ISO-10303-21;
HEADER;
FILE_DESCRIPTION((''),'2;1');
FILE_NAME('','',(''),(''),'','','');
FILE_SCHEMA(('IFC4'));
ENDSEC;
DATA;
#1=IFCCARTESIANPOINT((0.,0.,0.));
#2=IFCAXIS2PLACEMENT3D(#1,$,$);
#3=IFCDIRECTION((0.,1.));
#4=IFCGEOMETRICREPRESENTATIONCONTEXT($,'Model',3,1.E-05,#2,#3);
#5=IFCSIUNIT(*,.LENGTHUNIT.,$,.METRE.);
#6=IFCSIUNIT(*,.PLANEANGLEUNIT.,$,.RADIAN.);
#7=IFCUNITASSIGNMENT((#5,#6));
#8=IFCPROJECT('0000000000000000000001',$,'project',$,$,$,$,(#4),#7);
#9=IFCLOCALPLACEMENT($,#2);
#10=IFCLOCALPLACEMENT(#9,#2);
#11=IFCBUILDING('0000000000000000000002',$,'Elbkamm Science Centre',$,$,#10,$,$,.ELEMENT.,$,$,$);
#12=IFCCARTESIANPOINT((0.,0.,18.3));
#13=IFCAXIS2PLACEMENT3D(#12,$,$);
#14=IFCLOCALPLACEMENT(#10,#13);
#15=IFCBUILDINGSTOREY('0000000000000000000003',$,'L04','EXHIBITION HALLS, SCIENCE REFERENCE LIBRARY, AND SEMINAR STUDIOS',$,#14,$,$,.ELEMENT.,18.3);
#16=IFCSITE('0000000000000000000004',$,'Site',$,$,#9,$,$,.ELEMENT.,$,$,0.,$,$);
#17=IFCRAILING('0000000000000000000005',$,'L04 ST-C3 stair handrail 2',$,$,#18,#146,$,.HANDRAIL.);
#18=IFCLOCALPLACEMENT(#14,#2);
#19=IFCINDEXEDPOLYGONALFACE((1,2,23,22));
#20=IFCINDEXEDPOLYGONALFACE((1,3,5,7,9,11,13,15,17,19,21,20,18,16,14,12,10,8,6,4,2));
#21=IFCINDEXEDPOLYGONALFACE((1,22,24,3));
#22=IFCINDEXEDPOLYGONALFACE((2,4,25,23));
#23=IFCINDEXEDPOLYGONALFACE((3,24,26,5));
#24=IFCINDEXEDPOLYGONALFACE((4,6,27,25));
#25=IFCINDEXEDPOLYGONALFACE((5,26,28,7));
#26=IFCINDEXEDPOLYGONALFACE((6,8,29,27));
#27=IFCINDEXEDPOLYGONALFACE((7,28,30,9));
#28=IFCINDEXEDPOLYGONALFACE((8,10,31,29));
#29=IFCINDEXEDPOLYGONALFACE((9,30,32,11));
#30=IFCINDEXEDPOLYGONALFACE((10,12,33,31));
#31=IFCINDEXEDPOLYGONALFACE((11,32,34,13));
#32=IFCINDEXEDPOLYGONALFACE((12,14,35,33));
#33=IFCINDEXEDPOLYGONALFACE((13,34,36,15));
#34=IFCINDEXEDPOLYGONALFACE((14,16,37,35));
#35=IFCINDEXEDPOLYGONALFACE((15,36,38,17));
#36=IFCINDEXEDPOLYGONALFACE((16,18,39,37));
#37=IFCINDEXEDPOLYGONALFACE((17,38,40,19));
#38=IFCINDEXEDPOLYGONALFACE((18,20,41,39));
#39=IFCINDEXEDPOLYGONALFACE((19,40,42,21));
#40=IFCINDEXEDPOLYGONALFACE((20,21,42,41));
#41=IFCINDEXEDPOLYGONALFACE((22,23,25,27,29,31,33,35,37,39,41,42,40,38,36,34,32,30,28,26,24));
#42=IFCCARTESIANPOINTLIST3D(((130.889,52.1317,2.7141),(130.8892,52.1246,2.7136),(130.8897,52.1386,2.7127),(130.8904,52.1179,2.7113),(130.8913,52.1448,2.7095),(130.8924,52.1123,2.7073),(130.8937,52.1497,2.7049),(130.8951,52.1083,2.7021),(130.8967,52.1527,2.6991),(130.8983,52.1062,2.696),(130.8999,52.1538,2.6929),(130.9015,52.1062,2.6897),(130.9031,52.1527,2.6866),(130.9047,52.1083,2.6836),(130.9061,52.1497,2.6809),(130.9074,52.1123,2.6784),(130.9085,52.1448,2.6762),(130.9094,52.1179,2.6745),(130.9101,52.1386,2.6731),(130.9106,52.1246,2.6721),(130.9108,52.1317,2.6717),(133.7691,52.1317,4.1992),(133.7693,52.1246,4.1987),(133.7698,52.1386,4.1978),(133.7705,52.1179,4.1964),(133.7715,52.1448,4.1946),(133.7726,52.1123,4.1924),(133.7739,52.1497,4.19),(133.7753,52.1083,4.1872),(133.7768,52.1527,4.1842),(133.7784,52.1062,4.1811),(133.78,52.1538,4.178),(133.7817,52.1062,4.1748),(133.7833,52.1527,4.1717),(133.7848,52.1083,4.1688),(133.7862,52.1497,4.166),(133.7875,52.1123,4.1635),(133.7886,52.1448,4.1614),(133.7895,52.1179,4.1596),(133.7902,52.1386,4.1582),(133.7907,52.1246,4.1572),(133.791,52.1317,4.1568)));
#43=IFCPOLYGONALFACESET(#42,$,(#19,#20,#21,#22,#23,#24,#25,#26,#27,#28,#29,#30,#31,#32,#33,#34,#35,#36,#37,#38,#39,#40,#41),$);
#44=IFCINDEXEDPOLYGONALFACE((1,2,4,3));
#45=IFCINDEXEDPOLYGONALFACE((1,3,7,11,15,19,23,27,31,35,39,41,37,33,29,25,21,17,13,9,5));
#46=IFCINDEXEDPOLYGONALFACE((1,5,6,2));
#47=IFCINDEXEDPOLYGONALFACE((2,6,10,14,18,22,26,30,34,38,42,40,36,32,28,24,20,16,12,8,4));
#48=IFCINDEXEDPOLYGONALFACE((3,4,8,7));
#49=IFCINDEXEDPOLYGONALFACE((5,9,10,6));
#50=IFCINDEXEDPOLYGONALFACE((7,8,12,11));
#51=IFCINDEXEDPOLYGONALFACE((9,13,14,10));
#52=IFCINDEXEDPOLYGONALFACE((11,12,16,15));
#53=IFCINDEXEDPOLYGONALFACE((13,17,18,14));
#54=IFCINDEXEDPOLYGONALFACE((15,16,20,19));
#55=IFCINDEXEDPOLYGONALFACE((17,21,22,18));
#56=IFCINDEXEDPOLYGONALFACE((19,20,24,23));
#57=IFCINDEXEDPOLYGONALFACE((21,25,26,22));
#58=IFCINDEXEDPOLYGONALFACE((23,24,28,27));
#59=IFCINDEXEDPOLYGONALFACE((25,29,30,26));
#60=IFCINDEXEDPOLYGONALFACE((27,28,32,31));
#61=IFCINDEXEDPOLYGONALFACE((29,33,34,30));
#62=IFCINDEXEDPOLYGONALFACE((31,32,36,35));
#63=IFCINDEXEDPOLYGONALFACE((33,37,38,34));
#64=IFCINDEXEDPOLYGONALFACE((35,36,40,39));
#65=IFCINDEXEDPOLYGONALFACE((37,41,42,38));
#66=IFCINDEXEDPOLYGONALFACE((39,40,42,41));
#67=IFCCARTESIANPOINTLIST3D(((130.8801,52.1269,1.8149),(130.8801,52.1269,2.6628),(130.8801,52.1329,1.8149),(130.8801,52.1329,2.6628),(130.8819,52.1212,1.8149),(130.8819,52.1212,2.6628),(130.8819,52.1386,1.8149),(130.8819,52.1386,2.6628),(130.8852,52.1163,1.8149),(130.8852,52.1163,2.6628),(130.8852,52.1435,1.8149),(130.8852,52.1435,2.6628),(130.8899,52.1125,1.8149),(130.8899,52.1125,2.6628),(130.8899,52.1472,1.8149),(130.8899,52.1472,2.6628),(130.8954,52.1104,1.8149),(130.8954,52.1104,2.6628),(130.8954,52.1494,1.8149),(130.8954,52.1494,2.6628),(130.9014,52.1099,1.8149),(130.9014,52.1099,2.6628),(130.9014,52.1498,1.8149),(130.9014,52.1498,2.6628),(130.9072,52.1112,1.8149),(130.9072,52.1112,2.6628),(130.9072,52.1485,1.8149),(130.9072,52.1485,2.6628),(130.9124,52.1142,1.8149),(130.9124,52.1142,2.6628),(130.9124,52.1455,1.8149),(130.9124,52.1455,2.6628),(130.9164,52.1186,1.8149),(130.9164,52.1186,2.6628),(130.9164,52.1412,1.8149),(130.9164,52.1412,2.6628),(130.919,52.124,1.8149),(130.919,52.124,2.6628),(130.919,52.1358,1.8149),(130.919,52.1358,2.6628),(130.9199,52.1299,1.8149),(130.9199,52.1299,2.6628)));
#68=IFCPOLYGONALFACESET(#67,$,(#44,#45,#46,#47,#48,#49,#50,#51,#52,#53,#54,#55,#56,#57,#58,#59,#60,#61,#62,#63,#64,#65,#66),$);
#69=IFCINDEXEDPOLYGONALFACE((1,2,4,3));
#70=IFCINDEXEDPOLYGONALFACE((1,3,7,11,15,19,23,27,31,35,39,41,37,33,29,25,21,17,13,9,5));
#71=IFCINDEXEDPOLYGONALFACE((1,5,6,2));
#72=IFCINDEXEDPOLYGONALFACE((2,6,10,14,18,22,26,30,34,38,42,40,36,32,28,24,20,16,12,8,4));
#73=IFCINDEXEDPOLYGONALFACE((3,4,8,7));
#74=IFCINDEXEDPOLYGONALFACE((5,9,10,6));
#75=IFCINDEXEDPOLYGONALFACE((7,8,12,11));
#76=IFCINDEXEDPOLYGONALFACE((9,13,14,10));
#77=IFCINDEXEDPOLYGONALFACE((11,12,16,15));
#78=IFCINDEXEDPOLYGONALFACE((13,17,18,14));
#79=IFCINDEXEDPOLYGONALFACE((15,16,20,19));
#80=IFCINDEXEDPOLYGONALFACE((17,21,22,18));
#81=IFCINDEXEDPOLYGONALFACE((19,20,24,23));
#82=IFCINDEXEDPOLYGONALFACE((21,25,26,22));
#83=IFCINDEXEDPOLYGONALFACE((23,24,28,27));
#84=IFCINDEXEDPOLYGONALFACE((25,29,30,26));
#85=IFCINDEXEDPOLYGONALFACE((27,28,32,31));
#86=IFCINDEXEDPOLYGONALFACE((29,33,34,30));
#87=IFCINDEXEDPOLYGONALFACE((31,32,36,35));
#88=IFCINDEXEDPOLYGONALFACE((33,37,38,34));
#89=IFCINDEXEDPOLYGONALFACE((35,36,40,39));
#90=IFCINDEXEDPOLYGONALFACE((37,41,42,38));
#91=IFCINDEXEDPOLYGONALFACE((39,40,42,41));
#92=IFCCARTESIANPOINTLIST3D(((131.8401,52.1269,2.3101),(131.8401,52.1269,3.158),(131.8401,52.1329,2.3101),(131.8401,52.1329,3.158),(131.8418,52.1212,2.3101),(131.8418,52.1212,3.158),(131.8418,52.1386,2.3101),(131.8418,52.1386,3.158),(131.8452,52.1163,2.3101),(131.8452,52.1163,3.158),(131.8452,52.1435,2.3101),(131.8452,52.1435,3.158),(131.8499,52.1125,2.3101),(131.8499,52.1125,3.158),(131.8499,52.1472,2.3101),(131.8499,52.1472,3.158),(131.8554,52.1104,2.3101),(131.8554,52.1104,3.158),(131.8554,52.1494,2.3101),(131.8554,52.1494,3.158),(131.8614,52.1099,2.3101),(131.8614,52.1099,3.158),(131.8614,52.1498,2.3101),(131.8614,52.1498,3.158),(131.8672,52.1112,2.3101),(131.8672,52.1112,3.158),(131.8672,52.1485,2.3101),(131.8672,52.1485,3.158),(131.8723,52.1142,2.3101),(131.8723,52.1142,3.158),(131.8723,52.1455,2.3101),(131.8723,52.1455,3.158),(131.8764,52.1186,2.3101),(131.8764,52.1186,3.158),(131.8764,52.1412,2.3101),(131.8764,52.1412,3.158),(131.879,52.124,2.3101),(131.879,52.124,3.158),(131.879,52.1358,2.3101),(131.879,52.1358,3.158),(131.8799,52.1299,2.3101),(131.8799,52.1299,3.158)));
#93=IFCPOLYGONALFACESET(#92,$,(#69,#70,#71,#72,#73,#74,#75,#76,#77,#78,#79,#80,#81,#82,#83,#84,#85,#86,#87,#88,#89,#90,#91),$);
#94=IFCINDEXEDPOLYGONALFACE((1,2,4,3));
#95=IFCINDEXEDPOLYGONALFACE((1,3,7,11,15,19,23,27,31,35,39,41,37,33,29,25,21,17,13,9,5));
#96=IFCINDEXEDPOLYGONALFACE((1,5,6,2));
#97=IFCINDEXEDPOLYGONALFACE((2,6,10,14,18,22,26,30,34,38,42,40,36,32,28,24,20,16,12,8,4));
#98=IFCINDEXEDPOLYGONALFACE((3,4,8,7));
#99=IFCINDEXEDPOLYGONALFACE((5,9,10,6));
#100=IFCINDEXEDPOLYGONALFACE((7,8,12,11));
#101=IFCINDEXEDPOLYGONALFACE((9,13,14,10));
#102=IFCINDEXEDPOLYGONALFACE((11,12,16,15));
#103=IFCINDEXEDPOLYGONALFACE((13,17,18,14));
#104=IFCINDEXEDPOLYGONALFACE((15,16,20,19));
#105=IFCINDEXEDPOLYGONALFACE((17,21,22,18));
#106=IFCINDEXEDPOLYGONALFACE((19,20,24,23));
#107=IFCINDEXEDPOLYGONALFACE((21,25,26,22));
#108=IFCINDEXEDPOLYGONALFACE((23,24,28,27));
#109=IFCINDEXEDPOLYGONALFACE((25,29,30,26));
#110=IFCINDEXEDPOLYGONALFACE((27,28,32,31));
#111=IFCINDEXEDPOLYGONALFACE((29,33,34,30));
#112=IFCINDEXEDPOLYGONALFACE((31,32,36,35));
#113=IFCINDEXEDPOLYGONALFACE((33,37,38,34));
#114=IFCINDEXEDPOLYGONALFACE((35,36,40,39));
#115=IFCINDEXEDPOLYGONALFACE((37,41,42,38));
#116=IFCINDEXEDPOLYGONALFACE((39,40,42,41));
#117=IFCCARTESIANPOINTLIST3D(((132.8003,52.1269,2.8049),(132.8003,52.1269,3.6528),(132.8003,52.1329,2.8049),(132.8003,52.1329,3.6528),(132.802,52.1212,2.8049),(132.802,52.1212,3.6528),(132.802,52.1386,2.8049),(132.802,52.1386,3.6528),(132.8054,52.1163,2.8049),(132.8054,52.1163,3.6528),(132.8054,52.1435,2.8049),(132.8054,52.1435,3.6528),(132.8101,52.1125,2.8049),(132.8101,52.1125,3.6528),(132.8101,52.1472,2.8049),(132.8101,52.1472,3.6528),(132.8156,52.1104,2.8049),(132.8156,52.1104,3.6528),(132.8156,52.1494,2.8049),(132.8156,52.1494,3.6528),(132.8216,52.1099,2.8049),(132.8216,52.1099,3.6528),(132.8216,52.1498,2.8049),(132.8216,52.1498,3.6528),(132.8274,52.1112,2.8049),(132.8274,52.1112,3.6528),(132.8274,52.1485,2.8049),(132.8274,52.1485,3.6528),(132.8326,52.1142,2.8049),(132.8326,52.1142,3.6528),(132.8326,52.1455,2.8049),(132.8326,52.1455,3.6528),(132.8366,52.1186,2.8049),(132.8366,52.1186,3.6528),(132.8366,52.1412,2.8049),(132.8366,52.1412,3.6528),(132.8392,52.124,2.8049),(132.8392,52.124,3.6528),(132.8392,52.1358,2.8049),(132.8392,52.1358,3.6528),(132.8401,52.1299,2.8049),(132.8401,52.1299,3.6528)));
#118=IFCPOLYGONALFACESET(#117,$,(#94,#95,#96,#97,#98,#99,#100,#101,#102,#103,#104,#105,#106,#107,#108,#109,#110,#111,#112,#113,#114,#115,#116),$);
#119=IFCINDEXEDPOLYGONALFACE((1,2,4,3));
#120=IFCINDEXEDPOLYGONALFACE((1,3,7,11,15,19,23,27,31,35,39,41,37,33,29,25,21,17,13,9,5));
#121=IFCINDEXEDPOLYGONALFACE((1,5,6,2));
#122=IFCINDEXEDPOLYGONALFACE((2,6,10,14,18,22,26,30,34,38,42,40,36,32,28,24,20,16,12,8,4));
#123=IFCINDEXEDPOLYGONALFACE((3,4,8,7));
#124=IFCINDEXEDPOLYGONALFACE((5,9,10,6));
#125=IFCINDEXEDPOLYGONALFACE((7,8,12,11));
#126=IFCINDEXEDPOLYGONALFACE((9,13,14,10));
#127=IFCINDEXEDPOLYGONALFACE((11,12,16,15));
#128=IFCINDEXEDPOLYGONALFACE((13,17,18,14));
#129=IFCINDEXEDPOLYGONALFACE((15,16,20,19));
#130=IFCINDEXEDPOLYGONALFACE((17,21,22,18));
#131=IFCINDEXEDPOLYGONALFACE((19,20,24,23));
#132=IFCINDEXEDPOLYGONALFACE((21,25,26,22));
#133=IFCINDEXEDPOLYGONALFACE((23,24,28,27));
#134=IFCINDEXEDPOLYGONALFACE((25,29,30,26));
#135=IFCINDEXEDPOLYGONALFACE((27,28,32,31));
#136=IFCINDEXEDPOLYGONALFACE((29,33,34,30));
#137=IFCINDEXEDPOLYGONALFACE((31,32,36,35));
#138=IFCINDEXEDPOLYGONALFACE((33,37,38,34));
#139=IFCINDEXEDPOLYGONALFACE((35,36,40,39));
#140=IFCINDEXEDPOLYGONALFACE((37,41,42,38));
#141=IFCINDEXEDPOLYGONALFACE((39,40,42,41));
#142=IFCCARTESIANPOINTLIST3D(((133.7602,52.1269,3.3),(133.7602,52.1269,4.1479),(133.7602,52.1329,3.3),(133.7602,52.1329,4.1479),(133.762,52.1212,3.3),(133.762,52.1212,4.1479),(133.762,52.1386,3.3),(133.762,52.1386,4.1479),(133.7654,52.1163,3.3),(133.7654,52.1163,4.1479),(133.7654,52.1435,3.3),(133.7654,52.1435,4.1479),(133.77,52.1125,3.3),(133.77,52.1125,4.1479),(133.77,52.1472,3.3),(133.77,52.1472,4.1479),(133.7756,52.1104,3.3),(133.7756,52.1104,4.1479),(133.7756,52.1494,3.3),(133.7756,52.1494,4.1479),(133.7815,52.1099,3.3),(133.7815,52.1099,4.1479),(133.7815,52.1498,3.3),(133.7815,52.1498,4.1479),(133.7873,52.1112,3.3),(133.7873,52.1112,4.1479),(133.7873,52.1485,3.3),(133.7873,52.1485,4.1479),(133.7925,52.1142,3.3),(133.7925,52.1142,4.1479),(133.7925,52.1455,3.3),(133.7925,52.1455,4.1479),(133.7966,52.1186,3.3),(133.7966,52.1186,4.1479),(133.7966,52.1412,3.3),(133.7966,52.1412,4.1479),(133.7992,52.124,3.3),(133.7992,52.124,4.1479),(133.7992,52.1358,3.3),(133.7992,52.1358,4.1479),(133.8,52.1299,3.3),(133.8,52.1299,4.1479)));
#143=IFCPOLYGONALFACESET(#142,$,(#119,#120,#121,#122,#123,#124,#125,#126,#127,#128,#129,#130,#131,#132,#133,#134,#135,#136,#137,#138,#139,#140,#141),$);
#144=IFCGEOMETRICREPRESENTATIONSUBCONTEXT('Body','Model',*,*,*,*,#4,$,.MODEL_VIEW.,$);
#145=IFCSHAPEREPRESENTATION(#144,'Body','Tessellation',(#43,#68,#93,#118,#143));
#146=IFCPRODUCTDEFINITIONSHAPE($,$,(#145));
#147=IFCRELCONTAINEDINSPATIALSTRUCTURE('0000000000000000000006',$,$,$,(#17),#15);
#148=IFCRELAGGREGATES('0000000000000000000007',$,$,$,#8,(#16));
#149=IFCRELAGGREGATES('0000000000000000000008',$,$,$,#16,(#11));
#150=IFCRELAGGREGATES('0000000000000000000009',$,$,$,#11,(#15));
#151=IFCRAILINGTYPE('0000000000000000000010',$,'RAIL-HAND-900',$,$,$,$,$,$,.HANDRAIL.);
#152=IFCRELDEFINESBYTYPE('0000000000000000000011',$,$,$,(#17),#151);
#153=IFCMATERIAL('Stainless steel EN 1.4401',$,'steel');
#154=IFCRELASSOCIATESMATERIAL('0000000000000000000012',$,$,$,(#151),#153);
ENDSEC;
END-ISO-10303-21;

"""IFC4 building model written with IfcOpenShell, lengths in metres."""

from ifc_helpers import new_model, si_unit, direction, frame, origin, origin_2d, place, context, subcontext, project, spatial, circle, extrude, material, type_object, element, save


model = new_model("IFC4")

# Units and contexts
model_context = context("Model", 3, precision=1e-05, world=origin(), true_north=direction((0.0, 1.0)))
body_context = subcontext(model_context, "Body", "Model", "MODEL_VIEW")
ifc_project = project(units=[si_unit("LENGTHUNIT", "METRE"), si_unit("PLANEANGLEUNIT", "RADIAN")], contexts=[model_context])

# Site, building, storey
site_placement = place(None, origin())
site = spatial("IfcSite", under=ifc_project, at=site_placement, Name="Site", CompositionType="ELEMENT", RefElevation=0.0)
building_placement = place(site_placement, origin())
building = spatial("IfcBuilding", under=site, at=building_placement, Name="Elbkamm Science Centre", CompositionType="ELEMENT")
storey_placement = place(building_placement, frame((0.0, 0.0, 18.3)))
storey = spatial("IfcBuildingStorey", under=building, at=storey_placement, Name="L04", Description="EXHIBITION HALLS, SCIENCE REFERENCE LIBRARY, AND SEMINAR STUDIOS", CompositionType="ELEMENT", Elevation=18.3)

# Railing
ifc_material_1 = material(Name="Stainless steel EN 1.4401", Category="steel")
railing_type_1 = type_object("IfcRailingType", Name="RAIL-HAND-900", PredefinedType="HANDRAIL", material=ifc_material_1)
railing_1_placement = place(storey_placement, frame((130.8999, 52.1299, 1.8149)))
element("IfcRailing", 1, at=railing_1_placement, inside=storey, type_object=railing_type_1, Name="L04 ST-C3 stair handrail 2", PredefinedType="HANDRAIL", context=body_context, shape_type="SweptSolid", body=[
    extrude(circle(Radius=0.0239, at=origin_2d()), frame((0.0, 0.0, 0.8779), z_axis=(0.888798, 0.0, 0.458299), x_axis=(0.0, 1.0, 0.0)), (0.0, 0.0, 1.0), 3.2405),
    extrude(circle(Radius=0.02, at=origin_2d()), origin(), (0.0, 0.0, 1.0), 0.8479),
    extrude(circle(Radius=0.02, at=origin_2d()), frame((0.96, 0.0, 0.4951)), (0.0, 0.0, 1.0), 0.8479),
    extrude(circle(Radius=0.02, at=origin_2d()), frame((1.9202, 0.0, 0.99)), (0.0, 0.0, 1.0), 0.8479),
    extrude(circle(Radius=0.02, at=origin_2d()), frame((2.8801, 0.0, 1.4851)), (0.0, 0.0, 1.0), 0.8479),
])

save(model, "model.ifc")
